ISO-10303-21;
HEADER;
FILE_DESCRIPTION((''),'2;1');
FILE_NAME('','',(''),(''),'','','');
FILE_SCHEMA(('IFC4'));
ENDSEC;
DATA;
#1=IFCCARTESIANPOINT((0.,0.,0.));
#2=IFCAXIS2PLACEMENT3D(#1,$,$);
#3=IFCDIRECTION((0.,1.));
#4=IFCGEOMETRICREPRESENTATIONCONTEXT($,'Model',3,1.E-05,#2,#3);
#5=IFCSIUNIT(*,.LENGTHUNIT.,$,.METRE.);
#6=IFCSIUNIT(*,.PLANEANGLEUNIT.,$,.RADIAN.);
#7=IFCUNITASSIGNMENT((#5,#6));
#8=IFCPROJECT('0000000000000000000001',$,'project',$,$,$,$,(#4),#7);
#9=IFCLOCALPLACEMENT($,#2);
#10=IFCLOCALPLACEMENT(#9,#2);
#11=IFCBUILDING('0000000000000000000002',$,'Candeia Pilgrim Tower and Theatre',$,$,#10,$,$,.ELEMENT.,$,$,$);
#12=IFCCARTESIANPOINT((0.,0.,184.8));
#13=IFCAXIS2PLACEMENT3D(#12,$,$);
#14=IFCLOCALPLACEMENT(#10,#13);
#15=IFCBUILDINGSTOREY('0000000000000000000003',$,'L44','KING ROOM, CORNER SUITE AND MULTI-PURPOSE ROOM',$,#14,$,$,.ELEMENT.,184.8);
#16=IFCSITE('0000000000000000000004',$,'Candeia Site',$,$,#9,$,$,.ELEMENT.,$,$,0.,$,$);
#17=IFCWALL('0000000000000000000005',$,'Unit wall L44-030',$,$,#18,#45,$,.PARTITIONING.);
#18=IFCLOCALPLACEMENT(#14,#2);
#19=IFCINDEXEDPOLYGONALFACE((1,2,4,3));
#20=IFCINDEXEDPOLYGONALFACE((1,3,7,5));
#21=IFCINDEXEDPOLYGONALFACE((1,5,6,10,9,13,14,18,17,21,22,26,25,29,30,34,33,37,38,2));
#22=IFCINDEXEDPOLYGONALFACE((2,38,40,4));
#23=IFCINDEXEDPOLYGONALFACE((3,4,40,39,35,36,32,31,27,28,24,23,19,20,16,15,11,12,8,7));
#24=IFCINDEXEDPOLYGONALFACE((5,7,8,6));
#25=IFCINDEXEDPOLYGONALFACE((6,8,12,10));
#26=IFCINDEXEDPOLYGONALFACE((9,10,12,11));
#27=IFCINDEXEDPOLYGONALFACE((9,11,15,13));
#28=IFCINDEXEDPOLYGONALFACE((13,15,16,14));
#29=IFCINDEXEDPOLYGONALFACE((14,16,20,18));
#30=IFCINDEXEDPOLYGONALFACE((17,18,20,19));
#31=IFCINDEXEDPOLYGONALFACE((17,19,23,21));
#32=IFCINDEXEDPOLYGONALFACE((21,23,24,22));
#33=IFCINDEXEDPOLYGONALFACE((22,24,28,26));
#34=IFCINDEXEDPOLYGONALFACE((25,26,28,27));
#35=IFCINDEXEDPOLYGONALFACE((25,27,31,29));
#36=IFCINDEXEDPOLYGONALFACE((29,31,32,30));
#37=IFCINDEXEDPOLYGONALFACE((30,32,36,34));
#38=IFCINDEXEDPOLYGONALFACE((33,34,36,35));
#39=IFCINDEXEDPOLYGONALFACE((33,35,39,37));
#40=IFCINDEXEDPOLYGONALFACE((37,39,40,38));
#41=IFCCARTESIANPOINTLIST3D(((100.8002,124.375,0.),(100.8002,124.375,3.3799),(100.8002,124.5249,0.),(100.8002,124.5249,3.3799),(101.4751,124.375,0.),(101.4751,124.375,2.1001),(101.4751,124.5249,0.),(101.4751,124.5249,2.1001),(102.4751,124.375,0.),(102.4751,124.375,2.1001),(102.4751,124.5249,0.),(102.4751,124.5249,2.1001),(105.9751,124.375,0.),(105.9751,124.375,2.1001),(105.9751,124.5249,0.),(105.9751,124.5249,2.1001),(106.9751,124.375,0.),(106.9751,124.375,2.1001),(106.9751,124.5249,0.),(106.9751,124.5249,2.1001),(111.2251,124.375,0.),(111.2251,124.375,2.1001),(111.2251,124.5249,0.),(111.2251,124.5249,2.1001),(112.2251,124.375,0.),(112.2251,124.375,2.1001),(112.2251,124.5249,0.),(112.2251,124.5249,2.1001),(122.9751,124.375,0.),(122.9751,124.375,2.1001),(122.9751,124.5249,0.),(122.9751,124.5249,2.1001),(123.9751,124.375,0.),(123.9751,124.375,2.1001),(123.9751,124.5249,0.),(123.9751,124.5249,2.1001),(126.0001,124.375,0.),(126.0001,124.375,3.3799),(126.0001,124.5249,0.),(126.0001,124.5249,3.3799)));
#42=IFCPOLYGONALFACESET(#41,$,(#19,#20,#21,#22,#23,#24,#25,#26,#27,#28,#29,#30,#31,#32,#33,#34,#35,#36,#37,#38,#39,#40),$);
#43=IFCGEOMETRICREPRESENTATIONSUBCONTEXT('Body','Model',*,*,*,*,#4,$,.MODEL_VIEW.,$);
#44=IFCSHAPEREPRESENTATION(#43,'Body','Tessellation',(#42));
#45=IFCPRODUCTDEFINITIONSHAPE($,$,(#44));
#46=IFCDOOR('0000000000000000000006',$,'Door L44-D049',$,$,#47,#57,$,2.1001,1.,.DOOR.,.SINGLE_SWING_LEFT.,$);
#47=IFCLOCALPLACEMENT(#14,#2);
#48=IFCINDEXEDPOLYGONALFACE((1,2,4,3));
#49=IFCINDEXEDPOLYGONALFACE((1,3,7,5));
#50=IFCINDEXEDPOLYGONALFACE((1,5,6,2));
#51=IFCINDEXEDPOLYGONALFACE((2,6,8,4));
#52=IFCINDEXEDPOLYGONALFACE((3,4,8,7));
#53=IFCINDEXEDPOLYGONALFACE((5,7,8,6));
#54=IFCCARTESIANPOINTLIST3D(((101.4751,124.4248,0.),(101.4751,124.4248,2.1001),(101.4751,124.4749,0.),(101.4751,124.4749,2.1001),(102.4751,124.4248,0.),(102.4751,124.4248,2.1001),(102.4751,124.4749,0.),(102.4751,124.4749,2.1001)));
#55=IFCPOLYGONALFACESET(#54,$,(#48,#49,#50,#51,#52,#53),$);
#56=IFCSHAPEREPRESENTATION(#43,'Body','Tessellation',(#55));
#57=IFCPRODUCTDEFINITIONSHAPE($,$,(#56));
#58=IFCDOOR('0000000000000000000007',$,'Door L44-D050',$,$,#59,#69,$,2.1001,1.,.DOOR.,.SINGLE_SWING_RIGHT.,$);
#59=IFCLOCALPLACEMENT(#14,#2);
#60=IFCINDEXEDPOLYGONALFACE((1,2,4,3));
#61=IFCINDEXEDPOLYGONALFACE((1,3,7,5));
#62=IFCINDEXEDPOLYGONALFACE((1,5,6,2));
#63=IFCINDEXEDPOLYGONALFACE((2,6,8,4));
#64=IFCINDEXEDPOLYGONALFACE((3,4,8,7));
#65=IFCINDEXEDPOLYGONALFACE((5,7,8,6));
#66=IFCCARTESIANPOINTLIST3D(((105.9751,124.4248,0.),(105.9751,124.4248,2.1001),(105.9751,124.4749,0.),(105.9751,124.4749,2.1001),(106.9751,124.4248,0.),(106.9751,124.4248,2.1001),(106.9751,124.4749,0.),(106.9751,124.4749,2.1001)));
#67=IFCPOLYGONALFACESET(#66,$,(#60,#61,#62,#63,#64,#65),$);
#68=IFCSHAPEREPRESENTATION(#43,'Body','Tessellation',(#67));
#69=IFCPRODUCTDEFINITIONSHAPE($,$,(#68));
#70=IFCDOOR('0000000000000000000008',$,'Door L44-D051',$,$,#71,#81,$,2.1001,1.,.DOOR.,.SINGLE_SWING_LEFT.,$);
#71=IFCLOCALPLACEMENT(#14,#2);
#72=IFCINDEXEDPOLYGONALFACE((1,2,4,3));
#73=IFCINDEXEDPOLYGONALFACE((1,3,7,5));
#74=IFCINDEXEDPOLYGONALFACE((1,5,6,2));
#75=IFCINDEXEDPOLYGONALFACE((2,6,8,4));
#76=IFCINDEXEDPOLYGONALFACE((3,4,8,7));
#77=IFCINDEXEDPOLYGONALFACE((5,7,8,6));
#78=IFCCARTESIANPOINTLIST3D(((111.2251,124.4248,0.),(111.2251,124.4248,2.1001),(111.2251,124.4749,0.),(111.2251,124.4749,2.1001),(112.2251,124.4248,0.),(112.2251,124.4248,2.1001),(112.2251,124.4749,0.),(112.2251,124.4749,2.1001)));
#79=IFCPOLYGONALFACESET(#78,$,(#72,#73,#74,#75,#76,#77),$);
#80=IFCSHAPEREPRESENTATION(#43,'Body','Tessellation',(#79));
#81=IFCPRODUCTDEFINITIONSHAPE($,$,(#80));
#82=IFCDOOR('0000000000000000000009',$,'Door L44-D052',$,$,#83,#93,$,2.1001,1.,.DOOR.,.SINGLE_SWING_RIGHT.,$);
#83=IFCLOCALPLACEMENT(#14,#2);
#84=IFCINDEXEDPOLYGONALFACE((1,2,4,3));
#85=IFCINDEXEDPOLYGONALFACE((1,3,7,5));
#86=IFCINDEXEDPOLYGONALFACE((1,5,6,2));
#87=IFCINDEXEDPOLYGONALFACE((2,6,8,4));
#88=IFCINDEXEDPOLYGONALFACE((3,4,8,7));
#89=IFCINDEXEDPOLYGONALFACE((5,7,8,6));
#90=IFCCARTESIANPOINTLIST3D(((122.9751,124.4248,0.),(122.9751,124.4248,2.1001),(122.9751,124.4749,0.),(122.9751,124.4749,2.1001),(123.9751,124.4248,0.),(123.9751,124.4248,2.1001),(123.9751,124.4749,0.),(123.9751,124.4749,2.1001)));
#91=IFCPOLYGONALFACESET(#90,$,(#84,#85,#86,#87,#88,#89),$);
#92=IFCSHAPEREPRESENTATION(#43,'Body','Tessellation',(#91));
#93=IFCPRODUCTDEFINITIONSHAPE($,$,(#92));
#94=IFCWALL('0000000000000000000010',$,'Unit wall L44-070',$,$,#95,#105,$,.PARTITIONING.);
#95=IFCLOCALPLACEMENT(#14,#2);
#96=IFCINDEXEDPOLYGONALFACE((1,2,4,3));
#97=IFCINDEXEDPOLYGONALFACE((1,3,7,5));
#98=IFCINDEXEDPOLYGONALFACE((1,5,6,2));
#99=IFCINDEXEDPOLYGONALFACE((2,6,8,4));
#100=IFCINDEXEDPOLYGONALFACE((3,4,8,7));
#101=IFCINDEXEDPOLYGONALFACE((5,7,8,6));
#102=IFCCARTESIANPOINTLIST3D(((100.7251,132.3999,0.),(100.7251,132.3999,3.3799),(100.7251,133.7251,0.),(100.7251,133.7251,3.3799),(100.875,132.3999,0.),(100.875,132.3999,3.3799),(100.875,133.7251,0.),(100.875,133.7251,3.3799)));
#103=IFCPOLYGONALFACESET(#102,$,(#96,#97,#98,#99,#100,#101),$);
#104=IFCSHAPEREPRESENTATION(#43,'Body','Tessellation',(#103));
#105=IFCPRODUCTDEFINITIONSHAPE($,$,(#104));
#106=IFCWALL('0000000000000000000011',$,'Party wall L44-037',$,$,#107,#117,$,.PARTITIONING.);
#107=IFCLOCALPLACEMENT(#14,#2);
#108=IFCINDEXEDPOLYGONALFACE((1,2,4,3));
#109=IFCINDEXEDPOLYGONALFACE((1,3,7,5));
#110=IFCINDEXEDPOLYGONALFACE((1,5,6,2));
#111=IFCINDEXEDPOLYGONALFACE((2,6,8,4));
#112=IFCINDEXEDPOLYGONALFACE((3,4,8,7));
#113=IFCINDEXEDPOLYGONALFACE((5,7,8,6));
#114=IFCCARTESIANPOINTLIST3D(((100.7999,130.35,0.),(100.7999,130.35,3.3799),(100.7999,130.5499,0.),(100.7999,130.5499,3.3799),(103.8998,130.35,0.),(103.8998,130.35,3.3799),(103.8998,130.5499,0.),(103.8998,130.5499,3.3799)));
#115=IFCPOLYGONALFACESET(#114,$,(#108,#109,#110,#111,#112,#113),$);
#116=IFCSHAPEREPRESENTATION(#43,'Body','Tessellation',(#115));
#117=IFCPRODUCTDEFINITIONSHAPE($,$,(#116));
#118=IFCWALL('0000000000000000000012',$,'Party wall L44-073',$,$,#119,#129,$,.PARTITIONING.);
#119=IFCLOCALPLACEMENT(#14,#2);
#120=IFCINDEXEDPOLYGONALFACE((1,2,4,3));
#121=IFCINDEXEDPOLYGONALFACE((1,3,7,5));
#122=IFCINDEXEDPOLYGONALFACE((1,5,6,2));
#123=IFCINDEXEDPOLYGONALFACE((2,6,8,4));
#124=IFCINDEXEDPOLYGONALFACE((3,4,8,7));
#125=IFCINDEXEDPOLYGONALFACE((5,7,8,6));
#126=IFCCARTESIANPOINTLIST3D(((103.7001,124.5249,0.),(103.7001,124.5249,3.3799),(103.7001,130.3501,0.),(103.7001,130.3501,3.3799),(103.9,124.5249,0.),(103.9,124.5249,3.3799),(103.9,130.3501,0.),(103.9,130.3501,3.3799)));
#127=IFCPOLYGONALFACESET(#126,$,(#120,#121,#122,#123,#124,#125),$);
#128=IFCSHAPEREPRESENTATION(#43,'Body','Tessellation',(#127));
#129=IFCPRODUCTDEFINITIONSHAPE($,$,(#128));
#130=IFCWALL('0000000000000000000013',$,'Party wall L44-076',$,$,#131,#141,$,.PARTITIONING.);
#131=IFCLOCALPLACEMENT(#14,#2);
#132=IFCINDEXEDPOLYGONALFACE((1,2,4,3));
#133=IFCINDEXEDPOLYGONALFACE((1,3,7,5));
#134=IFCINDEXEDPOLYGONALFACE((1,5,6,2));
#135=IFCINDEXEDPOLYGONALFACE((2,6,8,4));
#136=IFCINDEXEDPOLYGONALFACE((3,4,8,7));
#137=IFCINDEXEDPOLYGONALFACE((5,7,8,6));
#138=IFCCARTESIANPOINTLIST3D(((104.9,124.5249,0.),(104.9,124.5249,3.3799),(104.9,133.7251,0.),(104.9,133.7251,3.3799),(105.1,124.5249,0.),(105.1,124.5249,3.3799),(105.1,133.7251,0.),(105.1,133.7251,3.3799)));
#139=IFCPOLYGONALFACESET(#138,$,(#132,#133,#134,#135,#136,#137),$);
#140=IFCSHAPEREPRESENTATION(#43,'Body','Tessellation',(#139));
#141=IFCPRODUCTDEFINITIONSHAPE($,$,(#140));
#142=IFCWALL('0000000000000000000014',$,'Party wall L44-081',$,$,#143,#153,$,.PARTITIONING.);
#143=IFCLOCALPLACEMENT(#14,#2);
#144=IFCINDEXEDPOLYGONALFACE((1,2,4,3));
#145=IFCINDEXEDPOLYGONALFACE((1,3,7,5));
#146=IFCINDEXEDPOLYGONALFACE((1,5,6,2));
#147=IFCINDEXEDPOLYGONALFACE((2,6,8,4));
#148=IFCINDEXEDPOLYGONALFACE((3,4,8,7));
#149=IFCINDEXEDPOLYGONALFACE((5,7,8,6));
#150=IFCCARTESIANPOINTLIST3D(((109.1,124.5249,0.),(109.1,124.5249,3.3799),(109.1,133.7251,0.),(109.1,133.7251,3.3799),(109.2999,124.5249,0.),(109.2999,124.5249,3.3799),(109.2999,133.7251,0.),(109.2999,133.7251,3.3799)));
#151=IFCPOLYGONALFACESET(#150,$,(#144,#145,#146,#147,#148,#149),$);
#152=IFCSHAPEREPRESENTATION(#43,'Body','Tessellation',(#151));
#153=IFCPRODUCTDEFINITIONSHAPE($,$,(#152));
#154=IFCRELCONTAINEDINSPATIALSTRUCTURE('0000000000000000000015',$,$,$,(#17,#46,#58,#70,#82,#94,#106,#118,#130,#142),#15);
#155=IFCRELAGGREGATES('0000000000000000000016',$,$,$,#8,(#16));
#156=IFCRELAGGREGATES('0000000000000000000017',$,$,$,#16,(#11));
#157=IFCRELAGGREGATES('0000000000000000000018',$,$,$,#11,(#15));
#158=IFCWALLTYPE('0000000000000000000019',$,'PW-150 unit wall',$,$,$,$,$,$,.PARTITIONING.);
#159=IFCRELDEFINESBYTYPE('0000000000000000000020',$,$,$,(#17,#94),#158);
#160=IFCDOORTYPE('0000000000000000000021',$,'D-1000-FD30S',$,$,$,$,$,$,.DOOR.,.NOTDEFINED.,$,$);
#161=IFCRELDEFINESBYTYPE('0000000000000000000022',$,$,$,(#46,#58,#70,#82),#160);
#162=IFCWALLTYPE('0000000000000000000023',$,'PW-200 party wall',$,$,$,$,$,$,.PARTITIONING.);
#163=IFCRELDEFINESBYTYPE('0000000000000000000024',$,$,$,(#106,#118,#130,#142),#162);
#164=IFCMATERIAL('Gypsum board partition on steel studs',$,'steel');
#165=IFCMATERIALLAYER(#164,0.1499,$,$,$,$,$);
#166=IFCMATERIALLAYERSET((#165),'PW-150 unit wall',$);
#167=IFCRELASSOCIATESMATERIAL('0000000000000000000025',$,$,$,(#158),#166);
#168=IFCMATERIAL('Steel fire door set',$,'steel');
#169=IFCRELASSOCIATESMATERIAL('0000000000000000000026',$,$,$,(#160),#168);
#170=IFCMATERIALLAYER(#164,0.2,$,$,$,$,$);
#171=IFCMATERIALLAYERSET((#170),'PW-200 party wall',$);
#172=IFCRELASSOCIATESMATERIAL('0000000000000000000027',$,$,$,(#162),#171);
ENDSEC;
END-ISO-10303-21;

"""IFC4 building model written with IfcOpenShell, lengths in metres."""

from ifc_helpers import new_model, si_unit, direction, frame, frame_2d, origin, place, context, subcontext, project, spatial, rectangle, extrude, material, layer, layer_set, type_object, element, fill, save


model = new_model("IFC4")

# Units and contexts
model_context = context("Model", 3, precision=1e-05, world=origin(), true_north=direction((0.0, 1.0)))
body_context = subcontext(model_context, "Body", "Model", "MODEL_VIEW")
ifc_project = project(units=[si_unit("LENGTHUNIT", "METRE"), si_unit("PLANEANGLEUNIT", "RADIAN")], contexts=[model_context])

# Site, building, storey
site_placement = place(None, origin())
site = spatial("IfcSite", under=ifc_project, at=site_placement, Name="Candeia Site", CompositionType="ELEMENT", RefElevation=0.0)
building_placement = place(site_placement, origin())
building = spatial("IfcBuilding", under=site, at=building_placement, Name="Candeia Pilgrim Tower and Theatre", CompositionType="ELEMENT")
storey_placement = place(building_placement, frame((0.0, 0.0, 184.8)))
storey = spatial("IfcBuildingStorey", under=building, at=storey_placement, Name="L44", Description="KING ROOM, CORNER SUITE AND MULTI-PURPOSE ROOM", CompositionType="ELEMENT", Elevation=184.8)

# Shared definitions
ifc_material_1 = material(Name="Steel fire door set", Category="steel")
ifc_material_2 = material(Name="Gypsum board partition on steel studs", Category="steel")

# Shared definitions
ifc_layer_1 = layer(ifc_material_2, 0.1499)
ifc_layer_set_1 = layer_set([ifc_layer_1], Name="PW-150 unit wall")
wall_type_1 = type_object("IfcWallType", Name="PW-150 unit wall", PredefinedType="PARTITIONING", material=ifc_layer_set_1)

# Wall, openings, doors
wall_1_placement = place(storey_placement, frame((100.8, 124.45, 0.0), z_axis=(0.0, 0.0, 1.0), x_axis=(1.0, 0.0, 0.0)))
wall_1 = element("IfcWall", 1, at=wall_1_placement, inside=storey, type_object=wall_type_1, Name="Unit wall L44-030", PredefinedType="PARTITIONING", context=body_context, shape_type="SweptSolid", body=[
    extrude(rectangle(XDim=25.2, YDim=0.1499, at=frame_2d((12.6001, 0.0))), origin(), (0.0, 0.0, 1.0), 3.3799),
])
opening_1_placement = place(wall_1_placement, frame((0.675, 0.0, 0.0)))
opening_1 = element("IfcOpeningElement", 2, at=opening_1_placement, cuts=wall_1, PredefinedType="OPENING", context=body_context, shape_type="SweptSolid", body=[
    extrude(rectangle(XDim=1.0, YDim=2.1001, at=frame_2d((0.5, 1.05))), frame((0.0, 0.085, 0.0), z_axis=(0.0, -1.0, 0.0), x_axis=(1.0, 0.0, 0.0)), (0.0, 0.0, 1.0), 0.1699),
])
opening_2_placement = place(wall_1_placement, frame((5.175, 0.0, 0.0)))
opening_2 = element("IfcOpeningElement", 3, at=opening_2_placement, cuts=wall_1, PredefinedType="OPENING", context=body_context, shape_type="SweptSolid", body=[
    extrude(rectangle(XDim=1.0, YDim=2.1001, at=frame_2d((0.5, 1.05))), frame((0.0, 0.085, 0.0), z_axis=(0.0, -1.0, 0.0), x_axis=(1.0, 0.0, 0.0)), (0.0, 0.0, 1.0), 0.1699),
])
opening_3_placement = place(wall_1_placement, frame((10.425, 0.0, 0.0)))
opening_3 = element("IfcOpeningElement", 4, at=opening_3_placement, cuts=wall_1, PredefinedType="OPENING", context=body_context, shape_type="SweptSolid", body=[
    extrude(rectangle(XDim=1.0, YDim=2.1001, at=frame_2d((0.5, 1.05))), frame((0.0, 0.085, 0.0), z_axis=(0.0, -1.0, 0.0), x_axis=(1.0, 0.0, 0.0)), (0.0, 0.0, 1.0), 0.1699),
])
opening_4_placement = place(wall_1_placement, frame((22.175, 0.0, 0.0)))
opening_4 = element("IfcOpeningElement", 5, at=opening_4_placement, cuts=wall_1, PredefinedType="OPENING", context=body_context, shape_type="SweptSolid", body=[
    extrude(rectangle(XDim=1.0, YDim=2.1001, at=frame_2d((0.5, 1.05))), frame((0.0, 0.085, 0.0), z_axis=(0.0, -1.0, 0.0), x_axis=(1.0, 0.0, 0.0)), (0.0, 0.0, 1.0), 0.1699),
])
door_type_1 = type_object("IfcDoorType", Name="D-1000-FD30S", OperationType="NOTDEFINED", PredefinedType="DOOR", material=ifc_material_1)
door_1_placement = place(opening_1_placement, origin())
door_1 = element("IfcDoor", 6, at=door_1_placement, inside=storey, type_object=door_type_1, Name="Door L44-D049", OperationType="SINGLE_SWING_LEFT", OverallHeight=2.1001, OverallWidth=1.0, PredefinedType="DOOR", context=body_context, shape_type="SweptSolid", body=[
    extrude(rectangle(XDim=1.0, YDim=2.1001, at=frame_2d((0.5, 1.05))), frame((0.0, 0.0249, 0.0), z_axis=(0.0, -1.0, 0.0), x_axis=(1.0, 0.0, 0.0)), (0.0, 0.0, 1.0), 0.05),
])
fill(opening_1, door_1)
door_2_placement = place(opening_2_placement, origin())
door_2 = element("IfcDoor", 7, at=door_2_placement, inside=storey, type_object=door_type_1, Name="Door L44-D050", OperationType="SINGLE_SWING_RIGHT", OverallHeight=2.1001, OverallWidth=1.0, PredefinedType="DOOR", context=body_context, shape_type="SweptSolid", body=[
    extrude(rectangle(XDim=1.0, YDim=2.1001, at=frame_2d((0.5, 1.05))), frame((0.0, 0.0249, 0.0), z_axis=(0.0, -1.0, 0.0), x_axis=(1.0, 0.0, 0.0)), (0.0, 0.0, 1.0), 0.05),
])
fill(opening_2, door_2)
door_3_placement = place(opening_3_placement, origin())
door_3 = element("IfcDoor", 8, at=door_3_placement, inside=storey, type_object=door_type_1, Name="Door L44-D051", OperationType="SINGLE_SWING_LEFT", OverallHeight=2.1001, OverallWidth=1.0, PredefinedType="DOOR", context=body_context, shape_type="SweptSolid", body=[
    extrude(rectangle(XDim=1.0, YDim=2.1001, at=frame_2d((0.5, 1.05))), frame((0.0, 0.0249, 0.0), z_axis=(0.0, -1.0, 0.0), x_axis=(1.0, 0.0, 0.0)), (0.0, 0.0, 1.0), 0.05),
])
fill(opening_3, door_3)
door_4_placement = place(opening_4_placement, origin())
door_4 = element("IfcDoor", 9, at=door_4_placement, inside=storey, type_object=door_type_1, Name="Door L44-D052", OperationType="SINGLE_SWING_RIGHT", OverallHeight=2.1001, OverallWidth=1.0, PredefinedType="DOOR", context=body_context, shape_type="SweptSolid", body=[
    extrude(rectangle(XDim=1.0, YDim=2.1001, at=frame_2d((0.5, 1.05))), frame((0.0, 0.0249, 0.0), z_axis=(0.0, -1.0, 0.0), x_axis=(1.0, 0.0, 0.0)), (0.0, 0.0, 1.0), 0.05),
])
fill(opening_4, door_4)

# Walls
wall_2_placement = place(storey_placement, frame((100.8, 132.3999, 0.0), z_axis=(0.0, 0.0, 1.0), x_axis=(0.0, 1.0, 0.0)))
element("IfcWall", 10, at=wall_2_placement, inside=storey, type_object=wall_type_1, Name="Unit wall L44-070", PredefinedType="PARTITIONING", context=body_context, shape_type="SweptSolid", body=[
    extrude(rectangle(XDim=1.3252, YDim=0.1499, at=frame_2d((0.6626, 0.0))), origin(), (0.0, 0.0, 1.0), 3.3799),
])
ifc_layer_2 = layer(ifc_material_2, 0.2)
ifc_layer_set_2 = layer_set([ifc_layer_2], Name="PW-200 party wall")
wall_type_2 = type_object("IfcWallType", Name="PW-200 party wall", PredefinedType="PARTITIONING", material=ifc_layer_set_2)
wall_3_placement = place(storey_placement, frame((100.8, 130.45, 0.0), z_axis=(0.0, 0.0, 1.0), x_axis=(1.0, 0.0, 0.0)))
element("IfcWall", 11, at=wall_3_placement, inside=storey, type_object=wall_type_2, Name="Party wall L44-037", PredefinedType="PARTITIONING", context=body_context, shape_type="SweptSolid", body=[
    extrude(rectangle(XDim=3.0999, YDim=0.2, at=frame_2d((1.5498, 0.0))), origin(), (0.0, 0.0, 1.0), 3.3799),
])
wall_4_placement = place(storey_placement, frame((103.8, 124.5249, 0.0), z_axis=(0.0, 0.0, 1.0), x_axis=(0.0, 1.0, 0.0)))
element("IfcWall", 12, at=wall_4_placement, inside=storey, type_object=wall_type_2, Name="Party wall L44-073", PredefinedType="PARTITIONING", context=body_context, shape_type="SweptSolid", body=[
    extrude(rectangle(XDim=5.8252, YDim=0.2, at=frame_2d((2.9126, 0.0))), origin(), (0.0, 0.0, 1.0), 3.3799),
])
for number, where, z_axis, x_axis, name in (
    (13, (105.0, 124.5249, 0.0), (0.0, 0.0, 1.0), (0.0, 1.0, 0.0), "Party wall L44-076"),
    (14, (109.2, 124.5249, 0.0), (0.0, 0.0, 1.0), (0.0, 1.0, 0.0), "Party wall L44-081"),
):
    element("IfcWall", number, at=place(storey_placement, frame(where, z_axis=z_axis, x_axis=x_axis)), inside=storey, type_object=wall_type_2, Name=name, PredefinedType="PARTITIONING", context=body_context, shape_type="SweptSolid", body=[
        extrude(rectangle(XDim=9.2002, YDim=0.2, at=frame_2d((4.6001, 0.0))), origin(), (0.0, 0.0, 1.0), 3.3799),
    ])

save(model, "model.ifc")
